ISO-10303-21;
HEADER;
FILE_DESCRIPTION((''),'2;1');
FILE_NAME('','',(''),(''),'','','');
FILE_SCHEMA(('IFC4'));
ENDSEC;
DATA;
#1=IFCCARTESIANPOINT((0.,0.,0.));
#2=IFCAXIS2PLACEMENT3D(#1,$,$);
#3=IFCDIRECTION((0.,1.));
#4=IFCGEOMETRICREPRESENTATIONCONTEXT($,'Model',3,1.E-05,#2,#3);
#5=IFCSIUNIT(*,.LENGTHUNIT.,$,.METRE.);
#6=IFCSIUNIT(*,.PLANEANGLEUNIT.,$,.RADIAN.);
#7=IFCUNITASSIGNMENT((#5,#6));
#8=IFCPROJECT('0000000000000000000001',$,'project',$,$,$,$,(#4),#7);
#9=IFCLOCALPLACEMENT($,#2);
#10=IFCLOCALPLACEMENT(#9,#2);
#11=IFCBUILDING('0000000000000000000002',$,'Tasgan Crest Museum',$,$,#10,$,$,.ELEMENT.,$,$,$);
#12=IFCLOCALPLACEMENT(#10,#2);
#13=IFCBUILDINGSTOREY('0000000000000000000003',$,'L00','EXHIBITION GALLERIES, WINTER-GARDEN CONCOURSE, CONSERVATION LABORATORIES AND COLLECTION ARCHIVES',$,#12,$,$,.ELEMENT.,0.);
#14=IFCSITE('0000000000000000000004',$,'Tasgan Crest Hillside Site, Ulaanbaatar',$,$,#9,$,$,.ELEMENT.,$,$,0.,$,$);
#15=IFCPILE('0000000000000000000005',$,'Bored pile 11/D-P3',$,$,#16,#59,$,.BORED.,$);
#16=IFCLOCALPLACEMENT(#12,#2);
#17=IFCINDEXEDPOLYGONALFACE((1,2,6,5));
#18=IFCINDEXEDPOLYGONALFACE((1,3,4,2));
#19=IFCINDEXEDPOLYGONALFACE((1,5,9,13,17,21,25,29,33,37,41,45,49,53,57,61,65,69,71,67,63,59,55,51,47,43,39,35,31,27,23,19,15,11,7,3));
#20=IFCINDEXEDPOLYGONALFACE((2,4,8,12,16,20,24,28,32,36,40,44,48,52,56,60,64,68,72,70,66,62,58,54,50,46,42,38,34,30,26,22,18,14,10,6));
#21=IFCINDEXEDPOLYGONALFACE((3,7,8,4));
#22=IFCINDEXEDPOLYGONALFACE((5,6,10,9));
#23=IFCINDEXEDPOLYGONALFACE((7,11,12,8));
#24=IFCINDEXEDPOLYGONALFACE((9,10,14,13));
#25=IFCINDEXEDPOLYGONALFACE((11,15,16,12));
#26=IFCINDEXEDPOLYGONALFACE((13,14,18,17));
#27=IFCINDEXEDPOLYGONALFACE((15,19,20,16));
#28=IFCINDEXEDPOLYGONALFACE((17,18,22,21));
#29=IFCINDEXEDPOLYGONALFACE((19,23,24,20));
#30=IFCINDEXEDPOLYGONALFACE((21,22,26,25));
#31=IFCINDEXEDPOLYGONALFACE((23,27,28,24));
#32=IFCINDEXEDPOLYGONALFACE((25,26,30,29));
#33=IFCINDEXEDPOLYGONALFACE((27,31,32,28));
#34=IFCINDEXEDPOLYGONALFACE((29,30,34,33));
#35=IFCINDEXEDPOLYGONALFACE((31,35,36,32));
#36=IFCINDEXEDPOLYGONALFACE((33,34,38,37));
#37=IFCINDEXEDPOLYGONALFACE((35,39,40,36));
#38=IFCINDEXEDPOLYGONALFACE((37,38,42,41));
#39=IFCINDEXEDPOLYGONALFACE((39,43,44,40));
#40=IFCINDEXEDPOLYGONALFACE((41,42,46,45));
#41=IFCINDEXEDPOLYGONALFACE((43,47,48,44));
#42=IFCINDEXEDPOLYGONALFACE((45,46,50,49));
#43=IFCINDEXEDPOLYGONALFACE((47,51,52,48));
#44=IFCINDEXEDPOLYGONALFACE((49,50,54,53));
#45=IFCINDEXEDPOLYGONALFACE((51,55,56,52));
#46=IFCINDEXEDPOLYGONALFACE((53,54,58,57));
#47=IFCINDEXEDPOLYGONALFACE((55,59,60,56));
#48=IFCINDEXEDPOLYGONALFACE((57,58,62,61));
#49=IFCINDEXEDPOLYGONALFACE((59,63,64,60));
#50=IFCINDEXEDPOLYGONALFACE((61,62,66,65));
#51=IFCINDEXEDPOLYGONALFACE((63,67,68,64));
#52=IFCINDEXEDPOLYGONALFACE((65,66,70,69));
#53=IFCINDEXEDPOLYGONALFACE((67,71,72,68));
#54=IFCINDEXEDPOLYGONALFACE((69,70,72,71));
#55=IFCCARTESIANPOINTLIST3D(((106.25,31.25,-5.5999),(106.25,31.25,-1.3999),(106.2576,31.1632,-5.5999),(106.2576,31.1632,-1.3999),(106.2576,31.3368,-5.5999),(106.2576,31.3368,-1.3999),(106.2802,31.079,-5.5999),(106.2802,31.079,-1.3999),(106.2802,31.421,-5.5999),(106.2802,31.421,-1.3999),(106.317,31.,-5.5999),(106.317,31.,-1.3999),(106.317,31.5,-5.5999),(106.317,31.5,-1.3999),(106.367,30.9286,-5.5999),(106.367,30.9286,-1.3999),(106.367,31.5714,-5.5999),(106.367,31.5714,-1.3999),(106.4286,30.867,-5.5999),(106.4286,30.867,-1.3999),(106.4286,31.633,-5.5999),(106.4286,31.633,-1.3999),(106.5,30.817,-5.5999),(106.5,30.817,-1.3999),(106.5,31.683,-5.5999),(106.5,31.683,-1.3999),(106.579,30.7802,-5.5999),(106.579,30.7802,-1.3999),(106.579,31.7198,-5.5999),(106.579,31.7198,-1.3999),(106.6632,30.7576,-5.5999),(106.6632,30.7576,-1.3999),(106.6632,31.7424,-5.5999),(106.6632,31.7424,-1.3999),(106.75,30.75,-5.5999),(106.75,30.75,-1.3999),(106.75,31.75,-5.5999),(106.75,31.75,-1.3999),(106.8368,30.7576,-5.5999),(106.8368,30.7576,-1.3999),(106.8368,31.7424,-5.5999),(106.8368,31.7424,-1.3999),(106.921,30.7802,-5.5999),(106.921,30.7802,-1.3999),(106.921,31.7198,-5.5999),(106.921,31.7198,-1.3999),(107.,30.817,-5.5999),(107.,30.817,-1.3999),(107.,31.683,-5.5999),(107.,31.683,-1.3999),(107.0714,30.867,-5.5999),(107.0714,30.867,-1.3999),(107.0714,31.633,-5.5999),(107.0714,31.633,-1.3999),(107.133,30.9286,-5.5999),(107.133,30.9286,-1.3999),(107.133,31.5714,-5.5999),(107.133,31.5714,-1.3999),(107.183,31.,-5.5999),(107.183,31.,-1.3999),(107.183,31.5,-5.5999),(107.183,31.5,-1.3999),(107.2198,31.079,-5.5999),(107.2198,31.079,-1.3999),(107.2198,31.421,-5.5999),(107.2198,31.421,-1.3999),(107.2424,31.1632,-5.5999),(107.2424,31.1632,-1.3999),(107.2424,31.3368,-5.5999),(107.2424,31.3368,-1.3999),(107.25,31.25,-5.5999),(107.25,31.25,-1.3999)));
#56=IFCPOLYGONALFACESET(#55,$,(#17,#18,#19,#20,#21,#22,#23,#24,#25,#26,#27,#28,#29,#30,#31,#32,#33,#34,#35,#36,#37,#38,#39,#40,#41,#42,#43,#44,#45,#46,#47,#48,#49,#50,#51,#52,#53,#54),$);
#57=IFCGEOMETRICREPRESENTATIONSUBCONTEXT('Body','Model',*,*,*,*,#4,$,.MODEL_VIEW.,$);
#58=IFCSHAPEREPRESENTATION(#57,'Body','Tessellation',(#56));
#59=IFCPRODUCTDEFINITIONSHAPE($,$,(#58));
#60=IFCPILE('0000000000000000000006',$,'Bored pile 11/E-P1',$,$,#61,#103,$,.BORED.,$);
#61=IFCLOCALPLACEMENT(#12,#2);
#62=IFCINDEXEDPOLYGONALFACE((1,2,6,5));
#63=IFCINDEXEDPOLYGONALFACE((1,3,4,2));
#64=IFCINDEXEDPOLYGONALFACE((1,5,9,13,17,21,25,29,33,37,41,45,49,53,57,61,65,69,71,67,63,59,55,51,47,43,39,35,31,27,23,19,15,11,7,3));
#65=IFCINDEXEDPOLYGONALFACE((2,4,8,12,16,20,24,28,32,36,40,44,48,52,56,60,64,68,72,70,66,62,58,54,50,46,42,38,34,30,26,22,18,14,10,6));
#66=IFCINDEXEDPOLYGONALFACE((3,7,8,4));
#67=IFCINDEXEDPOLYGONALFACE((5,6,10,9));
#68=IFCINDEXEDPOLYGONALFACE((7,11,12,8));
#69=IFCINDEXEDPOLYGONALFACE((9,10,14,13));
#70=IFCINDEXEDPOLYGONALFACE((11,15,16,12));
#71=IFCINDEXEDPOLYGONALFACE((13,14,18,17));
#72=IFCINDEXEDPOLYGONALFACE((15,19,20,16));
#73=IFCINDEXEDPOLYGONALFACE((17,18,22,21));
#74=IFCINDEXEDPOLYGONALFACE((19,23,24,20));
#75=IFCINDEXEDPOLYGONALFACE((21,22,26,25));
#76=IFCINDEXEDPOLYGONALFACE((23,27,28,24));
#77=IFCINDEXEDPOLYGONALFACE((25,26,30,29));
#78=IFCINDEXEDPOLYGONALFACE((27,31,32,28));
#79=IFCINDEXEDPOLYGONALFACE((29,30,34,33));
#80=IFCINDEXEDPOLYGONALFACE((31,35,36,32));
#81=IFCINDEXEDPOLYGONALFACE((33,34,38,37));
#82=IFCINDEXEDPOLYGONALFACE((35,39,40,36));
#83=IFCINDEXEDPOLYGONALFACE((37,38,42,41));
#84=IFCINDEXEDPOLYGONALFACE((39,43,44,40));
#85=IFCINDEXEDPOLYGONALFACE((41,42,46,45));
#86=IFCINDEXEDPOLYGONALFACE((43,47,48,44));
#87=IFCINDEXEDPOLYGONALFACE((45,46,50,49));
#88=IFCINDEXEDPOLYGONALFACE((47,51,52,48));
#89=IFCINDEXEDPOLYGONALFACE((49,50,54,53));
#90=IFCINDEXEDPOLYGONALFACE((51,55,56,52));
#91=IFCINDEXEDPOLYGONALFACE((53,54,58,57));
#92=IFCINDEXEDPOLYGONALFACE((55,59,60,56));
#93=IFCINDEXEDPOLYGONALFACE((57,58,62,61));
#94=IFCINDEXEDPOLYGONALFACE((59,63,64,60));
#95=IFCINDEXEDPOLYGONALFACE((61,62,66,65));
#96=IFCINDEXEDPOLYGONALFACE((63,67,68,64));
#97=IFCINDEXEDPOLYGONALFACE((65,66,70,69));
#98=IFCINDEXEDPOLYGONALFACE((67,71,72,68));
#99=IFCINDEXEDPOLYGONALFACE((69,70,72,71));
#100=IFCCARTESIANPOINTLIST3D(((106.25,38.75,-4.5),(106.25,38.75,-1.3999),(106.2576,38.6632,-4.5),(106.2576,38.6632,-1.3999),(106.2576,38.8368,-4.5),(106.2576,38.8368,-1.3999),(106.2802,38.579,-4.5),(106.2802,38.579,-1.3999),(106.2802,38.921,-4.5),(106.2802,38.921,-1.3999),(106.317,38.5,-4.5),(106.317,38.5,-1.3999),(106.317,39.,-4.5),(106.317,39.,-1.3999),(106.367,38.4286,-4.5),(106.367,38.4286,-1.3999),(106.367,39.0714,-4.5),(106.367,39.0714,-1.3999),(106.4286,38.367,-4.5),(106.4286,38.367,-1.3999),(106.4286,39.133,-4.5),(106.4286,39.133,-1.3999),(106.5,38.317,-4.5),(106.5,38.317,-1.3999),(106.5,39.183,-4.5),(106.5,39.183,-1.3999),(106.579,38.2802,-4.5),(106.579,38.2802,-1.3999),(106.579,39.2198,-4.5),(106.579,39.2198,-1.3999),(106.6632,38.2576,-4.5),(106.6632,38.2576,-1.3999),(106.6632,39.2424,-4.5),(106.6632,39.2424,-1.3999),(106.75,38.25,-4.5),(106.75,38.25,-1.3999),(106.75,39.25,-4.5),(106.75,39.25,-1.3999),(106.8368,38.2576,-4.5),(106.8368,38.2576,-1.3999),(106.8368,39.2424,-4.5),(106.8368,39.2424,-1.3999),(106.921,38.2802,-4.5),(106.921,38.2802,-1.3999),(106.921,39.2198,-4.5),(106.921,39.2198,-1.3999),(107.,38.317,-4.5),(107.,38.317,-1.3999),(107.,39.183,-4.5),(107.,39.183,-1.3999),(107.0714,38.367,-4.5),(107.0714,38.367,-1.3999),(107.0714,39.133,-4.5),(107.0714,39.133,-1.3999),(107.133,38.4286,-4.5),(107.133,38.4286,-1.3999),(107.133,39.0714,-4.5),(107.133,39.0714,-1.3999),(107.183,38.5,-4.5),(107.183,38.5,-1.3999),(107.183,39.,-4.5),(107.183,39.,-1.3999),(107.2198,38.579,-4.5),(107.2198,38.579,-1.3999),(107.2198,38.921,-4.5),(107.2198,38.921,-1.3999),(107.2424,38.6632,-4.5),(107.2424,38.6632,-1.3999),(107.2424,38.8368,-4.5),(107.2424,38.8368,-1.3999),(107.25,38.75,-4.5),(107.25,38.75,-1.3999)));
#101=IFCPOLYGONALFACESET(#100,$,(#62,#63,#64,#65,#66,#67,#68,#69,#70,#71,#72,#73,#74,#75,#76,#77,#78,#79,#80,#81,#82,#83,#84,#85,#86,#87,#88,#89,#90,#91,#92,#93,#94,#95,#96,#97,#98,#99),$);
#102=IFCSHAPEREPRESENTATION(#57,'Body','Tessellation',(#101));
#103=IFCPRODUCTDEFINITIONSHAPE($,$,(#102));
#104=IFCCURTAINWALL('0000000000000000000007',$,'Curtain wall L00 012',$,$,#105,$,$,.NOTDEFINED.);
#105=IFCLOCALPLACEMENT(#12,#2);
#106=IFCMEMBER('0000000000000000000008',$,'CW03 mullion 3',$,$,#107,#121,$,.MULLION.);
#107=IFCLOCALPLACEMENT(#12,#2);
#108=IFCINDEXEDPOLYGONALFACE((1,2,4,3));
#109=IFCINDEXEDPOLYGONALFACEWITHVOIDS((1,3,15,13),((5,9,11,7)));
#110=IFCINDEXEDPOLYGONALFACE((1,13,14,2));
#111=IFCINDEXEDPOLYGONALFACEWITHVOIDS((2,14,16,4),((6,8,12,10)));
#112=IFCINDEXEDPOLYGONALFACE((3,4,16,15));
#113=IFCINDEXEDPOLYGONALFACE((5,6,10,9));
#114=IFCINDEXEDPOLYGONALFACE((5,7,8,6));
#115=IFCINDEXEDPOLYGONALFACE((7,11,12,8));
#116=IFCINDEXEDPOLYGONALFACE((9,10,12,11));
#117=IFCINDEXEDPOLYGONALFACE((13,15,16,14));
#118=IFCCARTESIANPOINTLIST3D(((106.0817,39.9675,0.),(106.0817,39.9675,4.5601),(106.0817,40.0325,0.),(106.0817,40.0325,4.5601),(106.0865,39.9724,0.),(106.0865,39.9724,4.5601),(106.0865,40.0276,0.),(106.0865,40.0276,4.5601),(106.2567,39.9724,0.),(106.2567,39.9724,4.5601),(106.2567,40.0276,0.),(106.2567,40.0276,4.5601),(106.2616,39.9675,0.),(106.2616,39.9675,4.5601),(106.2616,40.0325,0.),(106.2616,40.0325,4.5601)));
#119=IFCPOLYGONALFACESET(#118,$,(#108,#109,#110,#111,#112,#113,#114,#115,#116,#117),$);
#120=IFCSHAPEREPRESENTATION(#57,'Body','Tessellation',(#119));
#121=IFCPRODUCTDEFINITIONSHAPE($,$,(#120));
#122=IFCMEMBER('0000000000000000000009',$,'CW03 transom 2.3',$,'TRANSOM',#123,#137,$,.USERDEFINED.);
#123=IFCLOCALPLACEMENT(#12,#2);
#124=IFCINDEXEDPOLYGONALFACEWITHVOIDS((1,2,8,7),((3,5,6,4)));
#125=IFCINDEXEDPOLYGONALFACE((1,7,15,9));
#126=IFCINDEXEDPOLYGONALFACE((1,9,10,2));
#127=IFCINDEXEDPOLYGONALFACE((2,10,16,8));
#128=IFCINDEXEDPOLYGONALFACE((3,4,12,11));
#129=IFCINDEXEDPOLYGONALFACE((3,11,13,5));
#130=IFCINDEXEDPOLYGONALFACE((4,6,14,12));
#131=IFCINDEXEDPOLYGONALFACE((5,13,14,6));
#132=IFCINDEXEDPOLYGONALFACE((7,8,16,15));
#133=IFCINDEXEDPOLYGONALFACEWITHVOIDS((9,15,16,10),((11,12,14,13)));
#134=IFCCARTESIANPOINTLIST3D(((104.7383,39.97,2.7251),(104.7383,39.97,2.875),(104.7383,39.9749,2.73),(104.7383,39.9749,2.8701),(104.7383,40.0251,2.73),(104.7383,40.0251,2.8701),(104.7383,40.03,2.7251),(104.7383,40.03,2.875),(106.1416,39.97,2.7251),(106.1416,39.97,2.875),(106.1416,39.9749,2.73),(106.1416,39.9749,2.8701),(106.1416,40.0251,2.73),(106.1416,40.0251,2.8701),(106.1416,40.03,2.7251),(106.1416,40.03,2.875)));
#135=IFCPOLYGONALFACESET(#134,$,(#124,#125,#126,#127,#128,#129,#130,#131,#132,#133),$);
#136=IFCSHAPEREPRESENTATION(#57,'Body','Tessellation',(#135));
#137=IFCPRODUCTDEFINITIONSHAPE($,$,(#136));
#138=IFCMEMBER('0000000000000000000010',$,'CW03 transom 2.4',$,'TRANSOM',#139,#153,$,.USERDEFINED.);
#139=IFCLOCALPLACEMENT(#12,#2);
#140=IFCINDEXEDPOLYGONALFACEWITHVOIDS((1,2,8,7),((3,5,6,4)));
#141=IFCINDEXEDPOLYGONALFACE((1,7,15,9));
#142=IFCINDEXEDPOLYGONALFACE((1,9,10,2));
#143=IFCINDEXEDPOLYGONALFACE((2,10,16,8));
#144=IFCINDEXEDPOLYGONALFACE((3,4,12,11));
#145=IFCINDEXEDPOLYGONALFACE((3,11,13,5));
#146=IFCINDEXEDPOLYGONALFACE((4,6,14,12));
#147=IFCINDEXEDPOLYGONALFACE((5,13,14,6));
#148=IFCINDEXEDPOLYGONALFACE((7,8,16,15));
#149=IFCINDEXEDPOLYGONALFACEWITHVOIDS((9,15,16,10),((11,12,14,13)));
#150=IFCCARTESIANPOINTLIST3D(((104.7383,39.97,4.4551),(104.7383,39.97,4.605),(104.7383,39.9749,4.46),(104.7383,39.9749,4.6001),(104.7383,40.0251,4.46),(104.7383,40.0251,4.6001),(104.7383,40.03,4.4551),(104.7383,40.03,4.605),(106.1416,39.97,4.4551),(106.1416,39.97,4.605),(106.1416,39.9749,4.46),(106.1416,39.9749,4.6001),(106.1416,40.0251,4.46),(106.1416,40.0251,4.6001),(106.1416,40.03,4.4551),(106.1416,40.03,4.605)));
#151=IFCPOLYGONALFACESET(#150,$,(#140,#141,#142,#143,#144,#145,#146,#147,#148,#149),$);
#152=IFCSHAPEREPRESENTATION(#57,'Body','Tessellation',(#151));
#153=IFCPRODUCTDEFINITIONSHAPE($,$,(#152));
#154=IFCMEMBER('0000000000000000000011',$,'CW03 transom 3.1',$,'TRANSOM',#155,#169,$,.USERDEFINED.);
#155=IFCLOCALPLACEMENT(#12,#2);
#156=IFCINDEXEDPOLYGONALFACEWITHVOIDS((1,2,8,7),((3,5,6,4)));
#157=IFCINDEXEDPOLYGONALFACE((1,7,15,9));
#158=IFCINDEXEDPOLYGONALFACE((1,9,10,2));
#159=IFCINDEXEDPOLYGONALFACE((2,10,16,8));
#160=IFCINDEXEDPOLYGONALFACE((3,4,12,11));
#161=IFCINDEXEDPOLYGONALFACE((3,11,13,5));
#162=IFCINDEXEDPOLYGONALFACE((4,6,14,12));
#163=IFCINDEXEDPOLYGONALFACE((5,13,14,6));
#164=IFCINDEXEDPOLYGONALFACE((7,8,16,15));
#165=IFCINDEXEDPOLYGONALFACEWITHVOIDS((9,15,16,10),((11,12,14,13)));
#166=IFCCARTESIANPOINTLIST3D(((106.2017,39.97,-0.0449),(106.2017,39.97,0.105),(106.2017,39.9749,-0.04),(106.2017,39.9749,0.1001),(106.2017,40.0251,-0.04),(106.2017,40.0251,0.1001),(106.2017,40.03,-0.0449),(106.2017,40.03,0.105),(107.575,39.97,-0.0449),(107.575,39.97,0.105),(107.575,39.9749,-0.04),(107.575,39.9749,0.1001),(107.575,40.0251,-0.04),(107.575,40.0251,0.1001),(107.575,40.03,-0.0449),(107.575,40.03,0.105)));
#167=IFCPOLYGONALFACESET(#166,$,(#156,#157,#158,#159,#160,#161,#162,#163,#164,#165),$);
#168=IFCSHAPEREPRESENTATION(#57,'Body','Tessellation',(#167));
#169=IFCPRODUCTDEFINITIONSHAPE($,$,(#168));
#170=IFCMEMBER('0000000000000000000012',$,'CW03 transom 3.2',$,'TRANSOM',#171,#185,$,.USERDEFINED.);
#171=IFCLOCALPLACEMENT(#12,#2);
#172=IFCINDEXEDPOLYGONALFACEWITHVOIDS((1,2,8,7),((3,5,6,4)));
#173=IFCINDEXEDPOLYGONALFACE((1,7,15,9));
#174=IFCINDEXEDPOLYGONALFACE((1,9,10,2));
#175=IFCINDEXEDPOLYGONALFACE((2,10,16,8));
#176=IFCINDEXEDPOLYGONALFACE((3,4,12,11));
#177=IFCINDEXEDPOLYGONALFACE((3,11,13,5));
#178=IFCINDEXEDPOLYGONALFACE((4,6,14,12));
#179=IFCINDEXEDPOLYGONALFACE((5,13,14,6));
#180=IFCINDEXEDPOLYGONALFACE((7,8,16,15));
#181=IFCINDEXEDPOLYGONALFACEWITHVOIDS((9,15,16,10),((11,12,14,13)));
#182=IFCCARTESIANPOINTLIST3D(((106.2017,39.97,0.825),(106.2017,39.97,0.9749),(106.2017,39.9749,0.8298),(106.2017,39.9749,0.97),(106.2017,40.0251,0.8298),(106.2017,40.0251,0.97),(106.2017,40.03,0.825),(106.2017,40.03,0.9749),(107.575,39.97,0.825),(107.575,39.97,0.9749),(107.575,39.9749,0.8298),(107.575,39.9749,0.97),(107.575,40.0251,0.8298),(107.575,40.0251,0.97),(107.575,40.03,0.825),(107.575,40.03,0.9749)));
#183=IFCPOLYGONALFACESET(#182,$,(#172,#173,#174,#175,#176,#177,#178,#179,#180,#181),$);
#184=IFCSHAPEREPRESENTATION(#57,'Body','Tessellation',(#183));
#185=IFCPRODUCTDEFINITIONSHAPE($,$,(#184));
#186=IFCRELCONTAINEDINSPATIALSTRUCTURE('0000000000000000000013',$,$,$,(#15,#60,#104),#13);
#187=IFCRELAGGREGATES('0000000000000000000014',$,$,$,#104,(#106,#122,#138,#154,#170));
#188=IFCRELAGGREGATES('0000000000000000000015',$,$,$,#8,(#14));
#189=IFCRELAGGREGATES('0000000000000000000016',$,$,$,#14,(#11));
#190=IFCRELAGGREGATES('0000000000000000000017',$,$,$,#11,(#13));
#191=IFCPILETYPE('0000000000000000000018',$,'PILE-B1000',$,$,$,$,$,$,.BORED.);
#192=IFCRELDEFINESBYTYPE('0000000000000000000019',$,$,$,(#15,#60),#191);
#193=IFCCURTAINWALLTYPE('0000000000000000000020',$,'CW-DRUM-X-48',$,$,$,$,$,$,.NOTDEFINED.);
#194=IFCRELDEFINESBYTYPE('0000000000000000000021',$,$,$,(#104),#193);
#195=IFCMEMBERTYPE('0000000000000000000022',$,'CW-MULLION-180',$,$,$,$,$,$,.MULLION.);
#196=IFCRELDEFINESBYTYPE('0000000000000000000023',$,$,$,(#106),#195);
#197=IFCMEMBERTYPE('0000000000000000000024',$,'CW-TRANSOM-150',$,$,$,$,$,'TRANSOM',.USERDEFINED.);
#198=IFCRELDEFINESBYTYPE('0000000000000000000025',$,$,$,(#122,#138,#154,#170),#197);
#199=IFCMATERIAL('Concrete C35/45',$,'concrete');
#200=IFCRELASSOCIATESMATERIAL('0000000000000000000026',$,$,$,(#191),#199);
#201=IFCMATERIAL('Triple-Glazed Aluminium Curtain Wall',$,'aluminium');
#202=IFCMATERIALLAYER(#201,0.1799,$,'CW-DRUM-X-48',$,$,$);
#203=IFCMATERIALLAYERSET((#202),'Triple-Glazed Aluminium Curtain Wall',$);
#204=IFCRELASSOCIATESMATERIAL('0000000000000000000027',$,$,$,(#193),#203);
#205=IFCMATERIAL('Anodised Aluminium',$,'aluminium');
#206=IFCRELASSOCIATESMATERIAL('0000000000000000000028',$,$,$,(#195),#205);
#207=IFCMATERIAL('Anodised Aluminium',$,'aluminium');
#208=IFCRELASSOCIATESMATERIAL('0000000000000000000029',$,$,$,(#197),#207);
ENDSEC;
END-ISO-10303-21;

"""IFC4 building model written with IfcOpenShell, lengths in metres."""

from ifc_helpers import new_model, si_unit, direction, frame, origin, origin_2d, place, context, subcontext, project, spatial, hollow_rectangle, circle, extrude, material, layer, layer_set, material_profile, profile_set, type_object, element, aggregate, save


model = new_model("IFC4")

# Units and contexts
model_context = context("Model", 3, precision=1e-05, world=origin(), true_north=direction((0.0, 1.0)))
body_context = subcontext(model_context, "Body", "Model", "MODEL_VIEW")
ifc_project = project(units=[si_unit("LENGTHUNIT", "METRE"), si_unit("PLANEANGLEUNIT", "RADIAN")], contexts=[model_context])

# Site, building, storey
site_placement = place(None, origin())
site = spatial("IfcSite", under=ifc_project, at=site_placement, Name="Tasgan Crest Hillside Site, Ulaanbaatar", CompositionType="ELEMENT", RefElevation=0.0)
building_placement = place(site_placement, origin())
building = spatial("IfcBuilding", under=site, at=building_placement, Name="Tasgan Crest Museum", CompositionType="ELEMENT")
storey_placement = place(building_placement, origin())
storey = spatial("IfcBuildingStorey", under=building, at=storey_placement, Name="L00", Description="EXHIBITION GALLERIES, WINTER-GARDEN CONCOURSE, CONSERVATION LABORATORIES AND COLLECTION ARCHIVES", CompositionType="ELEMENT", Elevation=0.0)

# Piles
ifc_material_1 = material(Name="Concrete C35/45", Category="concrete")
ifc_material_profile_1 = material_profile(ifc_material_1, circle(Radius=0.5, at=origin_2d()), Name="PILE D1000")
ifc_profile_set_1 = profile_set([ifc_material_profile_1], Name="Concrete C35/45")
pile_type = type_object("IfcPileType", Name="PILE-B1000", PredefinedType="BORED", material=ifc_profile_set_1)
pile_1_placement = place(storey_placement, frame((106.75, 31.25, -1.3999), z_axis=(0.0, 0.0, -1.0), x_axis=(1.0, 0.0, 0.0)))
element("IfcPile", 1, at=pile_1_placement, inside=storey, type_object=pile_type, Name="Bored pile 11/D-P3", PredefinedType="BORED", context=body_context, shape_type="SweptSolid", body=[
    extrude(circle(Radius=0.5, at=origin_2d()), origin(), (0.0, 0.0, 1.0), 4.2),
])
pile_2_placement = place(storey_placement, frame((106.75, 38.75, -1.3999), z_axis=(0.0, 0.0, -1.0), x_axis=(1.0, 0.0, 0.0)))
element("IfcPile", 2, at=pile_2_placement, inside=storey, type_object=pile_type, Name="Bored pile 11/E-P1", PredefinedType="BORED", context=body_context, shape_type="SweptSolid", body=[
    extrude(circle(Radius=0.5, at=origin_2d()), origin(), (0.0, 0.0, 1.0), 3.1001),
])

# Curtain wall, members
ifc_material_2 = material(Name="Triple-Glazed Aluminium Curtain Wall", Category="aluminium")
ifc_layer_1 = layer(ifc_material_2, 0.1799, Name="CW-DRUM-X-48")
ifc_layer_set_1 = layer_set([ifc_layer_1], Name="Triple-Glazed Aluminium Curtain Wall")
curtain_wall_type = type_object("IfcCurtainWallType", Name="CW-DRUM-X-48", PredefinedType="NOTDEFINED", material=ifc_layer_set_1)
curtain_wall_placement = place(storey_placement, origin())
curtain_wall = element("IfcCurtainWall", 3, at=curtain_wall_placement, inside=storey, type_object=curtain_wall_type, Name="Curtain wall L00 012", PredefinedType="NOTDEFINED")
ifc_material_3 = material(Name="Anodised Aluminium", Category="aluminium")
ifc_material_profile_2 = material_profile(ifc_material_3, hollow_rectangle(XDim=0.0649, YDim=0.1799, WallThickness=0.0049, at=origin_2d()), Name="ALU MULLION 180x65x5")
ifc_profile_set_2 = profile_set([ifc_material_profile_2], Name="Anodised Aluminium")
member_type_1 = type_object("IfcMemberType", Name="CW-MULLION-180", PredefinedType="MULLION", material=ifc_profile_set_2)
member_1_placement = place(storey_placement, frame((106.1716, 40.0, 0.0), z_axis=(0.0, 0.0, 1.0), x_axis=(0.0, 1.0, 0.0)))
member_1 = element("IfcMember", 4, at=member_1_placement, type_object=member_type_1, Name="CW03 mullion 3", PredefinedType="MULLION", context=body_context, shape_type="SweptSolid", body=[
    extrude(hollow_rectangle(XDim=0.0649, YDim=0.1799, WallThickness=0.0049, at=origin_2d()), origin(), (0.0, 0.0, 1.0), 4.5601),
])
ifc_material_4 = material(Name="Anodised Aluminium", Category="aluminium")
ifc_material_profile_3 = material_profile(ifc_material_4, hollow_rectangle(XDim=0.0601, YDim=0.1499, WallThickness=0.0049, at=origin_2d()), Name="ALU TRANSOM 150x60x5")
ifc_profile_set_3 = profile_set([ifc_material_profile_3], Name="Anodised Aluminium")
member_type_2 = type_object("IfcMemberType", Name="CW-TRANSOM-150", ElementType="TRANSOM", PredefinedType="USERDEFINED", material=ifc_profile_set_3)
member_2_placement = place(storey_placement, frame((104.7383, 40.0, 2.8), z_axis=(1.0, 0.0, 0.0), x_axis=(0.0, 1.0, 0.0)))
member_2 = element("IfcMember", 5, at=member_2_placement, type_object=member_type_2, Name="CW03 transom 2.3", ObjectType="TRANSOM", PredefinedType="USERDEFINED", context=body_context, shape_type="SweptSolid", body=[
    extrude(hollow_rectangle(XDim=0.0601, YDim=0.1499, WallThickness=0.0049, at=origin_2d()), origin(), (0.0, 0.0, 1.0), 1.4033),
])
member_3_placement = place(storey_placement, frame((104.7383, 40.0, 4.53), z_axis=(1.0, 0.0, 0.0), x_axis=(0.0, 1.0, 0.0)))
member_3 = element("IfcMember", 6, at=member_3_placement, type_object=member_type_2, Name="CW03 transom 2.4", ObjectType="TRANSOM", PredefinedType="USERDEFINED", context=body_context, shape_type="SweptSolid", body=[
    extrude(hollow_rectangle(XDim=0.0601, YDim=0.1499, WallThickness=0.0049, at=origin_2d()), origin(), (0.0, 0.0, 1.0), 1.4033),
])
member_4_placement = place(storey_placement, frame((106.2017, 40.0, 0.03), z_axis=(1.0, 0.0, 0.0), x_axis=(0.0, 1.0, 0.0)))
member_4 = element("IfcMember", 7, at=member_4_placement, type_object=member_type_2, Name="CW03 transom 3.1", ObjectType="TRANSOM", PredefinedType="USERDEFINED", context=body_context, shape_type="SweptSolid", body=[
    extrude(hollow_rectangle(XDim=0.0601, YDim=0.1499, WallThickness=0.0049, at=origin_2d()), origin(), (0.0, 0.0, 1.0), 1.3733),
])
member_5_placement = place(storey_placement, frame((106.2017, 40.0, 0.8999), z_axis=(1.0, 0.0, 0.0), x_axis=(0.0, 1.0, 0.0)))
member_5 = element("IfcMember", 8, at=member_5_placement, type_object=member_type_2, Name="CW03 transom 3.2", ObjectType="TRANSOM", PredefinedType="USERDEFINED", context=body_context, shape_type="SweptSolid", body=[
    extrude(hollow_rectangle(XDim=0.0601, YDim=0.1499, WallThickness=0.0049, at=origin_2d()), origin(), (0.0, 0.0, 1.0), 1.3733),
])
aggregate(curtain_wall, [member_1, member_2, member_3, member_4, member_5])

save(model, "model.ifc")
